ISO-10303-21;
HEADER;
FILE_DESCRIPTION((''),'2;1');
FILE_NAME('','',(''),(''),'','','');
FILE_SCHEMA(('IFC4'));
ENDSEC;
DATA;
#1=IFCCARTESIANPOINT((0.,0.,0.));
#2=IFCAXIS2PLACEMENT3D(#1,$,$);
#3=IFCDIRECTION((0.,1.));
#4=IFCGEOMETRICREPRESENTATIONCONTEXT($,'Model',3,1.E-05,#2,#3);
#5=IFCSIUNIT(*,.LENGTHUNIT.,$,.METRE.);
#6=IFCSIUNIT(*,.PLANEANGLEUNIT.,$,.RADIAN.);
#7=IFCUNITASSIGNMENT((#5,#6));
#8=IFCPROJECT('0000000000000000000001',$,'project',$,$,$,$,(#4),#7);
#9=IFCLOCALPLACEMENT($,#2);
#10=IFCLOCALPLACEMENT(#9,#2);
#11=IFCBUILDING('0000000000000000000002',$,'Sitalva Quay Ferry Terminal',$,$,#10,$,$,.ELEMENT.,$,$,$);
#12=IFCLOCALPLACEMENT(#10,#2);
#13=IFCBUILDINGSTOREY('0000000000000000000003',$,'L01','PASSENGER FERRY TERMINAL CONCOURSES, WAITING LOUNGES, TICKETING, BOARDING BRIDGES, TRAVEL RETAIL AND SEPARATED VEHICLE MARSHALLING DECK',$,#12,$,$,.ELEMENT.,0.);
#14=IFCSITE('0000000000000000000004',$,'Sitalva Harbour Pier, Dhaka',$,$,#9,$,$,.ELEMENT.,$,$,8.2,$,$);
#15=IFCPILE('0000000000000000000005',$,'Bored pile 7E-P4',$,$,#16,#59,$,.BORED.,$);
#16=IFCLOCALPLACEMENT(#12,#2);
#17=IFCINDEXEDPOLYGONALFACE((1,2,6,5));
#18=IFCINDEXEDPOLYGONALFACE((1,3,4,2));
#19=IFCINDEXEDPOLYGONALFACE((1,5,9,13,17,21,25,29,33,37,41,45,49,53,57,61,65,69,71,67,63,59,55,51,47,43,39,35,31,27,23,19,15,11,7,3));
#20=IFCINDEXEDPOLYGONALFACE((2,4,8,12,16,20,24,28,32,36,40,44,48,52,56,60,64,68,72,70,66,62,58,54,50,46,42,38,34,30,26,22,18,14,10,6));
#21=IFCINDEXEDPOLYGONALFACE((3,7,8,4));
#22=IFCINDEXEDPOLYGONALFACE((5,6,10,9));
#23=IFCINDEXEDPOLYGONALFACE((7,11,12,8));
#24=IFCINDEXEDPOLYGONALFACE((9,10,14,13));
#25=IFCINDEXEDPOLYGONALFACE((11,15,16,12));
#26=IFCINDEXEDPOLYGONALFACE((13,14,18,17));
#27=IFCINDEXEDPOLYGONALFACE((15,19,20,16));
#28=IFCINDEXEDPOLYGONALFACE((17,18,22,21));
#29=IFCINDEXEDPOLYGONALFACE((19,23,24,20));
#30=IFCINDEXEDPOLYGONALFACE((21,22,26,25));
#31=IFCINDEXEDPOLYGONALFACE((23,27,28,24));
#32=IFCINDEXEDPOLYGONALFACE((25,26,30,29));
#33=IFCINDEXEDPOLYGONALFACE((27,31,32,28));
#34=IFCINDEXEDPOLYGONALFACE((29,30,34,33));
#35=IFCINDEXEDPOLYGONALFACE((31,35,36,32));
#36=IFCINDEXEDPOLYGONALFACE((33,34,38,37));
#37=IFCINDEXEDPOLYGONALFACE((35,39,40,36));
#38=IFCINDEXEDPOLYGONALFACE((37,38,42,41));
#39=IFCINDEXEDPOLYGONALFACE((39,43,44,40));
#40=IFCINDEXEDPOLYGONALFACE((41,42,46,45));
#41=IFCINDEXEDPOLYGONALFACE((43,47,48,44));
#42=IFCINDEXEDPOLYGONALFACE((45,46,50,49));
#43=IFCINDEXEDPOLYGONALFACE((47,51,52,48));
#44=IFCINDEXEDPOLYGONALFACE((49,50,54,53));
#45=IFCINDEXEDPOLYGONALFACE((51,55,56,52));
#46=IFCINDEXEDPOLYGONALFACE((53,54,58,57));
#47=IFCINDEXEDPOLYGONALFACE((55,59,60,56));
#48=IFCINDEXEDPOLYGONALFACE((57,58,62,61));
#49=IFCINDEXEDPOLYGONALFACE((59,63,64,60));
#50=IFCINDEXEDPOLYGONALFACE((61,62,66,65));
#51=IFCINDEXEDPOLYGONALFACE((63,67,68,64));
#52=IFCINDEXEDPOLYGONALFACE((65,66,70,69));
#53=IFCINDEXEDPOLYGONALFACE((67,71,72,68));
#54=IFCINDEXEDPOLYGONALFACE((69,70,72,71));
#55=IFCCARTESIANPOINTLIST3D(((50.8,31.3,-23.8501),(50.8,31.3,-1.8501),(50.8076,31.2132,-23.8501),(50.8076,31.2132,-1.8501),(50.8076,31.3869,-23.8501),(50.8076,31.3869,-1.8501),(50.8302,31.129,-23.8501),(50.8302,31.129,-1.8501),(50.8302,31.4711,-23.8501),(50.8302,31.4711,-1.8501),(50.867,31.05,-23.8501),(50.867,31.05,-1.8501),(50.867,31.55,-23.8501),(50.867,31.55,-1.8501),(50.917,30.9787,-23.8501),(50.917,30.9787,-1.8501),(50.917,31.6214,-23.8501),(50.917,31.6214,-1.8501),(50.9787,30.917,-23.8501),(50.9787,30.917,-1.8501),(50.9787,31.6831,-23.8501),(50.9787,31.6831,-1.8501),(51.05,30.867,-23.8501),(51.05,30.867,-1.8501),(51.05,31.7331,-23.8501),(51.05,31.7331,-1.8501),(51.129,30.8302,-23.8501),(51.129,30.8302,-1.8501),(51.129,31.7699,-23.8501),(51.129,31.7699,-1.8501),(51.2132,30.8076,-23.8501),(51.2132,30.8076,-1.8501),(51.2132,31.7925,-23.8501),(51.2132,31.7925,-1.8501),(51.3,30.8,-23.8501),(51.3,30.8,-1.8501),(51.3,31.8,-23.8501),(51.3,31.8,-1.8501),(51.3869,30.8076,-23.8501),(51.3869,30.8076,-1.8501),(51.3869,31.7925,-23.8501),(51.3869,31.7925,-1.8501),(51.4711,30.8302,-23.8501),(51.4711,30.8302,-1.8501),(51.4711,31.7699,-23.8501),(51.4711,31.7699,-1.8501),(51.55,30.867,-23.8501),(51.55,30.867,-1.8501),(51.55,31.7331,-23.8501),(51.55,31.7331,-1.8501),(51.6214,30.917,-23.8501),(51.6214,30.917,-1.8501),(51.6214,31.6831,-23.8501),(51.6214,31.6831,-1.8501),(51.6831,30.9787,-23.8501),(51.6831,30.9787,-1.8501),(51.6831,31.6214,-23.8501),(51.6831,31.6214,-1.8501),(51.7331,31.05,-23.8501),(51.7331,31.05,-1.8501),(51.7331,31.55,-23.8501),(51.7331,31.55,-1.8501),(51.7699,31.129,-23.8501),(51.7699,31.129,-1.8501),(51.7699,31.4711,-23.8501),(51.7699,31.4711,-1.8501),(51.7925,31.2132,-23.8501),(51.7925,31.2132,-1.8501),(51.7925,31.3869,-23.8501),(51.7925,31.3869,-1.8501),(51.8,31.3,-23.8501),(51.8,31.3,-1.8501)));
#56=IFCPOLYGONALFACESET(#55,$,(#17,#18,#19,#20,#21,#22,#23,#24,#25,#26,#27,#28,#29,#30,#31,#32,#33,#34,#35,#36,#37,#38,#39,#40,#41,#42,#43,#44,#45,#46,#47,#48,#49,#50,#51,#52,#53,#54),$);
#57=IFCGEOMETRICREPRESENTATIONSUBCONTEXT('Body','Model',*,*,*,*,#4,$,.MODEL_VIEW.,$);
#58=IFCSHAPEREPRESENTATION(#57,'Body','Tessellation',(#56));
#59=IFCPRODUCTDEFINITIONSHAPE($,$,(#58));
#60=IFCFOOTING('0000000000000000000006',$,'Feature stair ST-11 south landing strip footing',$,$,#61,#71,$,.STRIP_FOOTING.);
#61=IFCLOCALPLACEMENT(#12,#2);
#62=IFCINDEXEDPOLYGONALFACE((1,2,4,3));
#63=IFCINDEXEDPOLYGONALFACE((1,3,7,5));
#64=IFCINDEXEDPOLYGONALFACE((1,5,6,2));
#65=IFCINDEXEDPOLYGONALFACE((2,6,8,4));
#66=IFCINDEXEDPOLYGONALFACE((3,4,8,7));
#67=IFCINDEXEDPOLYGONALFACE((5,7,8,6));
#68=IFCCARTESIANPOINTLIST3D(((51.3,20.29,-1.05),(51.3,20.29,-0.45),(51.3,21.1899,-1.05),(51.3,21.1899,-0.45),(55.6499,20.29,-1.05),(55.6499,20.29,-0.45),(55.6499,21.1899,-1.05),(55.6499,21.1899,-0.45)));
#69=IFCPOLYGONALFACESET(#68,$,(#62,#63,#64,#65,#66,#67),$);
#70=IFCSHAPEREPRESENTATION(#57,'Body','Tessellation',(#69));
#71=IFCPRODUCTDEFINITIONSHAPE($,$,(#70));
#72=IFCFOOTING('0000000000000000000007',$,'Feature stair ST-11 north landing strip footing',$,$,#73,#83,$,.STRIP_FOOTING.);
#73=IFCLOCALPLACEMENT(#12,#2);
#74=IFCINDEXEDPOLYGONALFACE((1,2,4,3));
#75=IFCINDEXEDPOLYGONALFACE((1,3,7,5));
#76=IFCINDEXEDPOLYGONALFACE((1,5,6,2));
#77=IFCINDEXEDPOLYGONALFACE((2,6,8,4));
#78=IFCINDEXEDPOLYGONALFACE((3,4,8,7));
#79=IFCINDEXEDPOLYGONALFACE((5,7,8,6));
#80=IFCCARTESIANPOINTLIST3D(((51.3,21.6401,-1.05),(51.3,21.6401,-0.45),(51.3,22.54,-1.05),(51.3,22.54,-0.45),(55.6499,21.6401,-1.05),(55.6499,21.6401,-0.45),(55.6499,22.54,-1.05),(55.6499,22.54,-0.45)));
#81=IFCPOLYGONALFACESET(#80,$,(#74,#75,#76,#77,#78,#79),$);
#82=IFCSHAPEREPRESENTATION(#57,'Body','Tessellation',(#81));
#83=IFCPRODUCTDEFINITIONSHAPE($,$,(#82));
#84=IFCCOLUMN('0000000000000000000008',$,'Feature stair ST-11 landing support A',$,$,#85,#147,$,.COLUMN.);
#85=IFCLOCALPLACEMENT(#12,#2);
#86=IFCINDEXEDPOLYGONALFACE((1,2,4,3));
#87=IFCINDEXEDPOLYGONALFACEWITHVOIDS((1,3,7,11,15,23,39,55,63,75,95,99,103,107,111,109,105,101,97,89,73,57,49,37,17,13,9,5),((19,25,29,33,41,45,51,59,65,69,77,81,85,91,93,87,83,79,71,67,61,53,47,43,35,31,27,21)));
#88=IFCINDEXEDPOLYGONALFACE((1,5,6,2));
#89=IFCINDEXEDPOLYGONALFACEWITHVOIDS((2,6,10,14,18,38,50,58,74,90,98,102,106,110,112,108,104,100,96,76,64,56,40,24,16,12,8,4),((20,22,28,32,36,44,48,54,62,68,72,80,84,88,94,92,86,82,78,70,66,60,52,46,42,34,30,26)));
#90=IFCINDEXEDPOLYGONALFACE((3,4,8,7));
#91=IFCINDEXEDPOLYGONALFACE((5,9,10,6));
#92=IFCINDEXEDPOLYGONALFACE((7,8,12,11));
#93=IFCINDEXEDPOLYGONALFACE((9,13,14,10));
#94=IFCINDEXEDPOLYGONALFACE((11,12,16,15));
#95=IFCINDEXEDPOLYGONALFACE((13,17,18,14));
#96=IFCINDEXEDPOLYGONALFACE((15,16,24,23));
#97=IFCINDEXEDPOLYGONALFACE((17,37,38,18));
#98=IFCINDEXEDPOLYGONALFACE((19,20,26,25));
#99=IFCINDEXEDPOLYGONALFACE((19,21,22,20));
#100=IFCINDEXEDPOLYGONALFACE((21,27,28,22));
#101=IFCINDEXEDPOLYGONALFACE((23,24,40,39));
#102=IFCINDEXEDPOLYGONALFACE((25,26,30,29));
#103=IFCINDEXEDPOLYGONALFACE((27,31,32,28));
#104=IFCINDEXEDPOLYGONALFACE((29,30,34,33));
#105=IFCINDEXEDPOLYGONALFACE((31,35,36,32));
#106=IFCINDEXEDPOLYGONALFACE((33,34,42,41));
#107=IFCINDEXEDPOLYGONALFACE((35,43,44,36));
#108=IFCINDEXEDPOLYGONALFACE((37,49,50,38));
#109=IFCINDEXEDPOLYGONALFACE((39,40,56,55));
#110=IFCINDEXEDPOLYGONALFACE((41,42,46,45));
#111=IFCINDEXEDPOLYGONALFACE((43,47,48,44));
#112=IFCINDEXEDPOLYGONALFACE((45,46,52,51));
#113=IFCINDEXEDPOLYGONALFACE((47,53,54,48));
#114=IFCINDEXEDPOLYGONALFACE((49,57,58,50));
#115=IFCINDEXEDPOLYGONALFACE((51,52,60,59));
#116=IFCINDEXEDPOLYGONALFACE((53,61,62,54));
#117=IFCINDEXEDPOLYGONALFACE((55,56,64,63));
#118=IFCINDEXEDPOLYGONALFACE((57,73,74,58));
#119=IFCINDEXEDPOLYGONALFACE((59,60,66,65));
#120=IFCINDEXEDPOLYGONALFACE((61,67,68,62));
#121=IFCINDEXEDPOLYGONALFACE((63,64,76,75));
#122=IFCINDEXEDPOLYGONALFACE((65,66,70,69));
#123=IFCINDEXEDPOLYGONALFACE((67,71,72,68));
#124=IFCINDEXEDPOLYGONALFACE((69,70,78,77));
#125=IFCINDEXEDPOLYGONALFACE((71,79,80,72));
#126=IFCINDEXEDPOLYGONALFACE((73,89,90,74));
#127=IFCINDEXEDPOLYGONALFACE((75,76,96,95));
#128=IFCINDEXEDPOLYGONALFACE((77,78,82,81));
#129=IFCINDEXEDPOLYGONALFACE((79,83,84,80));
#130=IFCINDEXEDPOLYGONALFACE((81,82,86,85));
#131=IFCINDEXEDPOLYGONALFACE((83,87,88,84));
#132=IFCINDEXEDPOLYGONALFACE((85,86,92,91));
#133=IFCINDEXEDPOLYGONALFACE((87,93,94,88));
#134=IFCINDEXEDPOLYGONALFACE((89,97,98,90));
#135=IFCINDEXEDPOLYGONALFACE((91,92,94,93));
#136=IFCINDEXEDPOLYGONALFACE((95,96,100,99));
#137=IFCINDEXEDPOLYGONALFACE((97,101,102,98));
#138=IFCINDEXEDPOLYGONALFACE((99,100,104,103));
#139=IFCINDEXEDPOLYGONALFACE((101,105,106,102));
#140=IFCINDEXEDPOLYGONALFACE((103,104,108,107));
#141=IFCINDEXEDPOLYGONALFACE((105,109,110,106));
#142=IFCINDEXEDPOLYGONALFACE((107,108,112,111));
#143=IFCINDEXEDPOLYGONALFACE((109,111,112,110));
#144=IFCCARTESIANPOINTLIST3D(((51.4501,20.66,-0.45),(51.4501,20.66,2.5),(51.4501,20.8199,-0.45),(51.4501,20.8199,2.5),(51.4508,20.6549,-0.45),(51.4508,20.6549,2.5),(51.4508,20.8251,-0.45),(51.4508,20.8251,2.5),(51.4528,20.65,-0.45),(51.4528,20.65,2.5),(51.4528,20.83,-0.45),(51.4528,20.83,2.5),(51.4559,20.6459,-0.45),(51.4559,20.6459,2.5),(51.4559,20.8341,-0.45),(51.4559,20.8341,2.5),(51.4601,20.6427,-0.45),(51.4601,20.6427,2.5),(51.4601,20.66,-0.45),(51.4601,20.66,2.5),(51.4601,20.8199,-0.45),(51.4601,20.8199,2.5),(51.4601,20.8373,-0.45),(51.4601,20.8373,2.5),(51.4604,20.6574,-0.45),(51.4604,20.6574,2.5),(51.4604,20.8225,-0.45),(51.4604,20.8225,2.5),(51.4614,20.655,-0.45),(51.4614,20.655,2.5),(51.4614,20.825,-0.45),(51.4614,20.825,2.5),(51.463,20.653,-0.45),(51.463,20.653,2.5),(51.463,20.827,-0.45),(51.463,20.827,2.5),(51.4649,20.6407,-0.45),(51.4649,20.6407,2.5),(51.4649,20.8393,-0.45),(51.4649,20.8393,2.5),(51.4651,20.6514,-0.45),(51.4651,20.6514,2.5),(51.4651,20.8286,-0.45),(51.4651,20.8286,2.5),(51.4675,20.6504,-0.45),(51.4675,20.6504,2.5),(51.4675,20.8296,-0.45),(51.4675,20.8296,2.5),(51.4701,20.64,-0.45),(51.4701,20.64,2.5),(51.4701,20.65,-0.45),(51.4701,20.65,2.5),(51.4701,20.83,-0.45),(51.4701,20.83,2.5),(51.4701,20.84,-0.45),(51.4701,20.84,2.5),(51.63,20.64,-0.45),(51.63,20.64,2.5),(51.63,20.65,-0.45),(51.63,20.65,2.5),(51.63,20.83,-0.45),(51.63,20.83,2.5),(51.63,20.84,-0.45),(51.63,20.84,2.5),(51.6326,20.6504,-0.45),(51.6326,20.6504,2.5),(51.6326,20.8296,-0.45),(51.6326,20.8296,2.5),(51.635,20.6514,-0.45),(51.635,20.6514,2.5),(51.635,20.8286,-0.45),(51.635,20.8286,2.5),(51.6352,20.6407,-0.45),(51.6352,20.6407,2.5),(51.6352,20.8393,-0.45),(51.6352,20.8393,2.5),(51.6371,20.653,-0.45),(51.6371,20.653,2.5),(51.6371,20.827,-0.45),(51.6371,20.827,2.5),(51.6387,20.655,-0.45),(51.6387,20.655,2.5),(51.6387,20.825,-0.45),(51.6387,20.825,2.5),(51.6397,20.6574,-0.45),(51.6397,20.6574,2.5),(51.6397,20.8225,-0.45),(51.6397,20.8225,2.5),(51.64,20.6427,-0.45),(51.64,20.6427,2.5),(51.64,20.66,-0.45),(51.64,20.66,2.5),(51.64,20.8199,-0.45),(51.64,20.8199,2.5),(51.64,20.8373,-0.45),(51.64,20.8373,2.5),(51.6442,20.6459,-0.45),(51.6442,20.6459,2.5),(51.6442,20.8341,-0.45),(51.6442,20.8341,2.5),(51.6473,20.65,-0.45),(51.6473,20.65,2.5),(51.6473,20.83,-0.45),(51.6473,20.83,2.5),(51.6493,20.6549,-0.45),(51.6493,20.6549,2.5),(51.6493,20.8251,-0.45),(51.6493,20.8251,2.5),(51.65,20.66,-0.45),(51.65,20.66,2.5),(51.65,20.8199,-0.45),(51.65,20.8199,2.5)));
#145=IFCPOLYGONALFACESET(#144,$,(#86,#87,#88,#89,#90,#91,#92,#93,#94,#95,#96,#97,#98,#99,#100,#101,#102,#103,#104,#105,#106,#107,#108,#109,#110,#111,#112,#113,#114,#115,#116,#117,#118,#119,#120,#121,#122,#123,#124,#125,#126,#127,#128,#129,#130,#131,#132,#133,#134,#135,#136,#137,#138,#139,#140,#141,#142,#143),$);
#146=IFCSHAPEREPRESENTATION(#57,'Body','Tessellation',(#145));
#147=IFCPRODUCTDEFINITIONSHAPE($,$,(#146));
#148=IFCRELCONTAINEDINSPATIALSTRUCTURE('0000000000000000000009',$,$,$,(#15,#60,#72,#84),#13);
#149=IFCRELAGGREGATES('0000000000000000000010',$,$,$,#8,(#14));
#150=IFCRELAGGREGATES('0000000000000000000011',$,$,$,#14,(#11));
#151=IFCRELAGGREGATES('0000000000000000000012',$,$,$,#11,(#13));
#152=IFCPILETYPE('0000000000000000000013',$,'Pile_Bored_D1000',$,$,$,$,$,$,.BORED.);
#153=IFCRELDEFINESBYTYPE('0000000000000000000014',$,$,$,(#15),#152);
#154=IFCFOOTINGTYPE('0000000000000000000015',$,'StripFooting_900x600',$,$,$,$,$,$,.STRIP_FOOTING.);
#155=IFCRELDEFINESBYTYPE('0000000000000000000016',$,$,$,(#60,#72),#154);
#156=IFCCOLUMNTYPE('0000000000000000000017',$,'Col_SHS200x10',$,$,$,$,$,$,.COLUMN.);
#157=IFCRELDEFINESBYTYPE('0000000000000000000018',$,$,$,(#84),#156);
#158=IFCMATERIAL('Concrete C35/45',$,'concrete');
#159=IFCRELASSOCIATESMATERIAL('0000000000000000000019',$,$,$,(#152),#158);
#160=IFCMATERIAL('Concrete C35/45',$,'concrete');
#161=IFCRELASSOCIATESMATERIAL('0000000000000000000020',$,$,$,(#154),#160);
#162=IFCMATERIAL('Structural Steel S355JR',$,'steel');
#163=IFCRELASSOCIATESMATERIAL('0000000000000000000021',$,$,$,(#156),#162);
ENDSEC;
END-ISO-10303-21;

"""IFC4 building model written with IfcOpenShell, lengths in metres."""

from ifc_helpers import new_model, si_unit, direction, frame, origin, origin_2d, place, context, subcontext, project, spatial, rectangle, hollow_rectangle, circle, extrude, material, material_profile, profile_set, type_object, element, save


model = new_model("IFC4")

# Units and contexts
model_context = context("Model", 3, precision=1e-05, world=origin(), true_north=direction((0.0, 1.0)))
body_context = subcontext(model_context, "Body", "Model", "MODEL_VIEW")
ifc_project = project(units=[si_unit("LENGTHUNIT", "METRE"), si_unit("PLANEANGLEUNIT", "RADIAN")], contexts=[model_context])

# Site, building, storey
site_placement = place(None, origin())
site = spatial("IfcSite", under=ifc_project, at=site_placement, Name="Sitalva Harbour Pier, Dhaka", CompositionType="ELEMENT", RefElevation=8.2)
building_placement = place(site_placement, origin())
building = spatial("IfcBuilding", under=site, at=building_placement, Name="Sitalva Quay Ferry Terminal", CompositionType="ELEMENT")
storey_placement = place(building_placement, origin())
storey = spatial("IfcBuildingStorey", under=building, at=storey_placement, Name="L01", Description="PASSENGER FERRY TERMINAL CONCOURSES, WAITING LOUNGES, TICKETING, BOARDING BRIDGES, TRAVEL RETAIL AND SEPARATED VEHICLE MARSHALLING DECK", CompositionType="ELEMENT", Elevation=0.0)

# Pile
ifc_material_1 = material(Name="Concrete C35/45", Category="concrete")
ifc_material_profile_1 = material_profile(ifc_material_1, circle(Radius=0.5, at=origin_2d()), Name="PILE-D1000")
ifc_profile_set_1 = profile_set([ifc_material_profile_1], Name="Concrete C35/45")
pile_type = type_object("IfcPileType", Name="Pile_Bored_D1000", PredefinedType="BORED", material=ifc_profile_set_1)
for number, where, z_axis, x_axis, name in (
    (1, (51.3, 31.3, -1.8501), (0.0, 0.0, -1.0), (1.0, 0.0, 0.0), "Bored pile 7E-P4"),
):
    element("IfcPile", number, at=place(storey_placement, frame(where, z_axis=z_axis, x_axis=x_axis)), inside=storey, type_object=pile_type, Name=name, PredefinedType="BORED", context=body_context, shape_type="SweptSolid", body=[
        extrude(circle(Radius=0.5, at=origin_2d()), origin(), (0.0, 0.0, 1.0), 22.0),
    ])

# Footings
ifc_material_2 = material(Name="Concrete C35/45", Category="concrete")
ifc_material_profile_2 = material_profile(ifc_material_2, rectangle(XDim=0.8999, YDim=0.6001, at=origin_2d()), Name="RC900x600")
ifc_profile_set_2 = profile_set([ifc_material_profile_2], Name="Concrete C35/45")
footing_type_1 = type_object("IfcFootingType", Name="StripFooting_900x600", PredefinedType="STRIP_FOOTING", material=ifc_profile_set_2)
for number, where, z_axis, x_axis, name in (
    (2, (51.3, 20.74, -0.75), (1.0, 0.0, 0.0), (0.0, 1.0, 0.0), "Feature stair ST-11 south landing strip footing"),
    (3, (51.3, 22.0901, -0.75), (1.0, 0.0, 0.0), (0.0, 1.0, 0.0), "Feature stair ST-11 north landing strip footing"),
):
    element("IfcFooting", number, at=place(storey_placement, frame(where, z_axis=z_axis, x_axis=x_axis)), inside=storey, type_object=footing_type_1, Name=name, PredefinedType="STRIP_FOOTING", context=body_context, shape_type="SweptSolid", body=[
        extrude(rectangle(XDim=0.8999, YDim=0.6001, at=origin_2d()), origin(), (0.0, 0.0, 1.0), 4.3499),
    ])

# Column
ifc_material_3 = material(Name="Structural Steel S355JR", Category="steel")
ifc_material_profile_3 = material_profile(ifc_material_3, hollow_rectangle(XDim=0.2, YDim=0.2, WallThickness=0.01, InnerFilletRadius=0.01, OuterFilletRadius=0.02, at=origin_2d()), Name="SHS200x200x10")
ifc_profile_set_3 = profile_set([ifc_material_profile_3], Name="Structural Steel S355JR")
column_type_1 = type_object("IfcColumnType", Name="Col_SHS200x10", PredefinedType="COLUMN", material=ifc_profile_set_3)
for number, where, z_axis, x_axis, name in (
    (4, (51.55, 20.74, -0.45), (0.0, 0.0, 1.0), (1.0, 0.0, 0.0), "Feature stair ST-11 landing support A"),
):
    element("IfcColumn", number, at=place(storey_placement, frame(where, z_axis=z_axis, x_axis=x_axis)), inside=storey, type_object=column_type_1, Name=name, PredefinedType="COLUMN", context=body_context, shape_type="SweptSolid", body=[
        extrude(hollow_rectangle(XDim=0.2, YDim=0.2, WallThickness=0.01, InnerFilletRadius=0.01, OuterFilletRadius=0.02, at=origin_2d()), origin(), (0.0, 0.0, 1.0), 2.95),
    ])

save(model, "model.ifc")
